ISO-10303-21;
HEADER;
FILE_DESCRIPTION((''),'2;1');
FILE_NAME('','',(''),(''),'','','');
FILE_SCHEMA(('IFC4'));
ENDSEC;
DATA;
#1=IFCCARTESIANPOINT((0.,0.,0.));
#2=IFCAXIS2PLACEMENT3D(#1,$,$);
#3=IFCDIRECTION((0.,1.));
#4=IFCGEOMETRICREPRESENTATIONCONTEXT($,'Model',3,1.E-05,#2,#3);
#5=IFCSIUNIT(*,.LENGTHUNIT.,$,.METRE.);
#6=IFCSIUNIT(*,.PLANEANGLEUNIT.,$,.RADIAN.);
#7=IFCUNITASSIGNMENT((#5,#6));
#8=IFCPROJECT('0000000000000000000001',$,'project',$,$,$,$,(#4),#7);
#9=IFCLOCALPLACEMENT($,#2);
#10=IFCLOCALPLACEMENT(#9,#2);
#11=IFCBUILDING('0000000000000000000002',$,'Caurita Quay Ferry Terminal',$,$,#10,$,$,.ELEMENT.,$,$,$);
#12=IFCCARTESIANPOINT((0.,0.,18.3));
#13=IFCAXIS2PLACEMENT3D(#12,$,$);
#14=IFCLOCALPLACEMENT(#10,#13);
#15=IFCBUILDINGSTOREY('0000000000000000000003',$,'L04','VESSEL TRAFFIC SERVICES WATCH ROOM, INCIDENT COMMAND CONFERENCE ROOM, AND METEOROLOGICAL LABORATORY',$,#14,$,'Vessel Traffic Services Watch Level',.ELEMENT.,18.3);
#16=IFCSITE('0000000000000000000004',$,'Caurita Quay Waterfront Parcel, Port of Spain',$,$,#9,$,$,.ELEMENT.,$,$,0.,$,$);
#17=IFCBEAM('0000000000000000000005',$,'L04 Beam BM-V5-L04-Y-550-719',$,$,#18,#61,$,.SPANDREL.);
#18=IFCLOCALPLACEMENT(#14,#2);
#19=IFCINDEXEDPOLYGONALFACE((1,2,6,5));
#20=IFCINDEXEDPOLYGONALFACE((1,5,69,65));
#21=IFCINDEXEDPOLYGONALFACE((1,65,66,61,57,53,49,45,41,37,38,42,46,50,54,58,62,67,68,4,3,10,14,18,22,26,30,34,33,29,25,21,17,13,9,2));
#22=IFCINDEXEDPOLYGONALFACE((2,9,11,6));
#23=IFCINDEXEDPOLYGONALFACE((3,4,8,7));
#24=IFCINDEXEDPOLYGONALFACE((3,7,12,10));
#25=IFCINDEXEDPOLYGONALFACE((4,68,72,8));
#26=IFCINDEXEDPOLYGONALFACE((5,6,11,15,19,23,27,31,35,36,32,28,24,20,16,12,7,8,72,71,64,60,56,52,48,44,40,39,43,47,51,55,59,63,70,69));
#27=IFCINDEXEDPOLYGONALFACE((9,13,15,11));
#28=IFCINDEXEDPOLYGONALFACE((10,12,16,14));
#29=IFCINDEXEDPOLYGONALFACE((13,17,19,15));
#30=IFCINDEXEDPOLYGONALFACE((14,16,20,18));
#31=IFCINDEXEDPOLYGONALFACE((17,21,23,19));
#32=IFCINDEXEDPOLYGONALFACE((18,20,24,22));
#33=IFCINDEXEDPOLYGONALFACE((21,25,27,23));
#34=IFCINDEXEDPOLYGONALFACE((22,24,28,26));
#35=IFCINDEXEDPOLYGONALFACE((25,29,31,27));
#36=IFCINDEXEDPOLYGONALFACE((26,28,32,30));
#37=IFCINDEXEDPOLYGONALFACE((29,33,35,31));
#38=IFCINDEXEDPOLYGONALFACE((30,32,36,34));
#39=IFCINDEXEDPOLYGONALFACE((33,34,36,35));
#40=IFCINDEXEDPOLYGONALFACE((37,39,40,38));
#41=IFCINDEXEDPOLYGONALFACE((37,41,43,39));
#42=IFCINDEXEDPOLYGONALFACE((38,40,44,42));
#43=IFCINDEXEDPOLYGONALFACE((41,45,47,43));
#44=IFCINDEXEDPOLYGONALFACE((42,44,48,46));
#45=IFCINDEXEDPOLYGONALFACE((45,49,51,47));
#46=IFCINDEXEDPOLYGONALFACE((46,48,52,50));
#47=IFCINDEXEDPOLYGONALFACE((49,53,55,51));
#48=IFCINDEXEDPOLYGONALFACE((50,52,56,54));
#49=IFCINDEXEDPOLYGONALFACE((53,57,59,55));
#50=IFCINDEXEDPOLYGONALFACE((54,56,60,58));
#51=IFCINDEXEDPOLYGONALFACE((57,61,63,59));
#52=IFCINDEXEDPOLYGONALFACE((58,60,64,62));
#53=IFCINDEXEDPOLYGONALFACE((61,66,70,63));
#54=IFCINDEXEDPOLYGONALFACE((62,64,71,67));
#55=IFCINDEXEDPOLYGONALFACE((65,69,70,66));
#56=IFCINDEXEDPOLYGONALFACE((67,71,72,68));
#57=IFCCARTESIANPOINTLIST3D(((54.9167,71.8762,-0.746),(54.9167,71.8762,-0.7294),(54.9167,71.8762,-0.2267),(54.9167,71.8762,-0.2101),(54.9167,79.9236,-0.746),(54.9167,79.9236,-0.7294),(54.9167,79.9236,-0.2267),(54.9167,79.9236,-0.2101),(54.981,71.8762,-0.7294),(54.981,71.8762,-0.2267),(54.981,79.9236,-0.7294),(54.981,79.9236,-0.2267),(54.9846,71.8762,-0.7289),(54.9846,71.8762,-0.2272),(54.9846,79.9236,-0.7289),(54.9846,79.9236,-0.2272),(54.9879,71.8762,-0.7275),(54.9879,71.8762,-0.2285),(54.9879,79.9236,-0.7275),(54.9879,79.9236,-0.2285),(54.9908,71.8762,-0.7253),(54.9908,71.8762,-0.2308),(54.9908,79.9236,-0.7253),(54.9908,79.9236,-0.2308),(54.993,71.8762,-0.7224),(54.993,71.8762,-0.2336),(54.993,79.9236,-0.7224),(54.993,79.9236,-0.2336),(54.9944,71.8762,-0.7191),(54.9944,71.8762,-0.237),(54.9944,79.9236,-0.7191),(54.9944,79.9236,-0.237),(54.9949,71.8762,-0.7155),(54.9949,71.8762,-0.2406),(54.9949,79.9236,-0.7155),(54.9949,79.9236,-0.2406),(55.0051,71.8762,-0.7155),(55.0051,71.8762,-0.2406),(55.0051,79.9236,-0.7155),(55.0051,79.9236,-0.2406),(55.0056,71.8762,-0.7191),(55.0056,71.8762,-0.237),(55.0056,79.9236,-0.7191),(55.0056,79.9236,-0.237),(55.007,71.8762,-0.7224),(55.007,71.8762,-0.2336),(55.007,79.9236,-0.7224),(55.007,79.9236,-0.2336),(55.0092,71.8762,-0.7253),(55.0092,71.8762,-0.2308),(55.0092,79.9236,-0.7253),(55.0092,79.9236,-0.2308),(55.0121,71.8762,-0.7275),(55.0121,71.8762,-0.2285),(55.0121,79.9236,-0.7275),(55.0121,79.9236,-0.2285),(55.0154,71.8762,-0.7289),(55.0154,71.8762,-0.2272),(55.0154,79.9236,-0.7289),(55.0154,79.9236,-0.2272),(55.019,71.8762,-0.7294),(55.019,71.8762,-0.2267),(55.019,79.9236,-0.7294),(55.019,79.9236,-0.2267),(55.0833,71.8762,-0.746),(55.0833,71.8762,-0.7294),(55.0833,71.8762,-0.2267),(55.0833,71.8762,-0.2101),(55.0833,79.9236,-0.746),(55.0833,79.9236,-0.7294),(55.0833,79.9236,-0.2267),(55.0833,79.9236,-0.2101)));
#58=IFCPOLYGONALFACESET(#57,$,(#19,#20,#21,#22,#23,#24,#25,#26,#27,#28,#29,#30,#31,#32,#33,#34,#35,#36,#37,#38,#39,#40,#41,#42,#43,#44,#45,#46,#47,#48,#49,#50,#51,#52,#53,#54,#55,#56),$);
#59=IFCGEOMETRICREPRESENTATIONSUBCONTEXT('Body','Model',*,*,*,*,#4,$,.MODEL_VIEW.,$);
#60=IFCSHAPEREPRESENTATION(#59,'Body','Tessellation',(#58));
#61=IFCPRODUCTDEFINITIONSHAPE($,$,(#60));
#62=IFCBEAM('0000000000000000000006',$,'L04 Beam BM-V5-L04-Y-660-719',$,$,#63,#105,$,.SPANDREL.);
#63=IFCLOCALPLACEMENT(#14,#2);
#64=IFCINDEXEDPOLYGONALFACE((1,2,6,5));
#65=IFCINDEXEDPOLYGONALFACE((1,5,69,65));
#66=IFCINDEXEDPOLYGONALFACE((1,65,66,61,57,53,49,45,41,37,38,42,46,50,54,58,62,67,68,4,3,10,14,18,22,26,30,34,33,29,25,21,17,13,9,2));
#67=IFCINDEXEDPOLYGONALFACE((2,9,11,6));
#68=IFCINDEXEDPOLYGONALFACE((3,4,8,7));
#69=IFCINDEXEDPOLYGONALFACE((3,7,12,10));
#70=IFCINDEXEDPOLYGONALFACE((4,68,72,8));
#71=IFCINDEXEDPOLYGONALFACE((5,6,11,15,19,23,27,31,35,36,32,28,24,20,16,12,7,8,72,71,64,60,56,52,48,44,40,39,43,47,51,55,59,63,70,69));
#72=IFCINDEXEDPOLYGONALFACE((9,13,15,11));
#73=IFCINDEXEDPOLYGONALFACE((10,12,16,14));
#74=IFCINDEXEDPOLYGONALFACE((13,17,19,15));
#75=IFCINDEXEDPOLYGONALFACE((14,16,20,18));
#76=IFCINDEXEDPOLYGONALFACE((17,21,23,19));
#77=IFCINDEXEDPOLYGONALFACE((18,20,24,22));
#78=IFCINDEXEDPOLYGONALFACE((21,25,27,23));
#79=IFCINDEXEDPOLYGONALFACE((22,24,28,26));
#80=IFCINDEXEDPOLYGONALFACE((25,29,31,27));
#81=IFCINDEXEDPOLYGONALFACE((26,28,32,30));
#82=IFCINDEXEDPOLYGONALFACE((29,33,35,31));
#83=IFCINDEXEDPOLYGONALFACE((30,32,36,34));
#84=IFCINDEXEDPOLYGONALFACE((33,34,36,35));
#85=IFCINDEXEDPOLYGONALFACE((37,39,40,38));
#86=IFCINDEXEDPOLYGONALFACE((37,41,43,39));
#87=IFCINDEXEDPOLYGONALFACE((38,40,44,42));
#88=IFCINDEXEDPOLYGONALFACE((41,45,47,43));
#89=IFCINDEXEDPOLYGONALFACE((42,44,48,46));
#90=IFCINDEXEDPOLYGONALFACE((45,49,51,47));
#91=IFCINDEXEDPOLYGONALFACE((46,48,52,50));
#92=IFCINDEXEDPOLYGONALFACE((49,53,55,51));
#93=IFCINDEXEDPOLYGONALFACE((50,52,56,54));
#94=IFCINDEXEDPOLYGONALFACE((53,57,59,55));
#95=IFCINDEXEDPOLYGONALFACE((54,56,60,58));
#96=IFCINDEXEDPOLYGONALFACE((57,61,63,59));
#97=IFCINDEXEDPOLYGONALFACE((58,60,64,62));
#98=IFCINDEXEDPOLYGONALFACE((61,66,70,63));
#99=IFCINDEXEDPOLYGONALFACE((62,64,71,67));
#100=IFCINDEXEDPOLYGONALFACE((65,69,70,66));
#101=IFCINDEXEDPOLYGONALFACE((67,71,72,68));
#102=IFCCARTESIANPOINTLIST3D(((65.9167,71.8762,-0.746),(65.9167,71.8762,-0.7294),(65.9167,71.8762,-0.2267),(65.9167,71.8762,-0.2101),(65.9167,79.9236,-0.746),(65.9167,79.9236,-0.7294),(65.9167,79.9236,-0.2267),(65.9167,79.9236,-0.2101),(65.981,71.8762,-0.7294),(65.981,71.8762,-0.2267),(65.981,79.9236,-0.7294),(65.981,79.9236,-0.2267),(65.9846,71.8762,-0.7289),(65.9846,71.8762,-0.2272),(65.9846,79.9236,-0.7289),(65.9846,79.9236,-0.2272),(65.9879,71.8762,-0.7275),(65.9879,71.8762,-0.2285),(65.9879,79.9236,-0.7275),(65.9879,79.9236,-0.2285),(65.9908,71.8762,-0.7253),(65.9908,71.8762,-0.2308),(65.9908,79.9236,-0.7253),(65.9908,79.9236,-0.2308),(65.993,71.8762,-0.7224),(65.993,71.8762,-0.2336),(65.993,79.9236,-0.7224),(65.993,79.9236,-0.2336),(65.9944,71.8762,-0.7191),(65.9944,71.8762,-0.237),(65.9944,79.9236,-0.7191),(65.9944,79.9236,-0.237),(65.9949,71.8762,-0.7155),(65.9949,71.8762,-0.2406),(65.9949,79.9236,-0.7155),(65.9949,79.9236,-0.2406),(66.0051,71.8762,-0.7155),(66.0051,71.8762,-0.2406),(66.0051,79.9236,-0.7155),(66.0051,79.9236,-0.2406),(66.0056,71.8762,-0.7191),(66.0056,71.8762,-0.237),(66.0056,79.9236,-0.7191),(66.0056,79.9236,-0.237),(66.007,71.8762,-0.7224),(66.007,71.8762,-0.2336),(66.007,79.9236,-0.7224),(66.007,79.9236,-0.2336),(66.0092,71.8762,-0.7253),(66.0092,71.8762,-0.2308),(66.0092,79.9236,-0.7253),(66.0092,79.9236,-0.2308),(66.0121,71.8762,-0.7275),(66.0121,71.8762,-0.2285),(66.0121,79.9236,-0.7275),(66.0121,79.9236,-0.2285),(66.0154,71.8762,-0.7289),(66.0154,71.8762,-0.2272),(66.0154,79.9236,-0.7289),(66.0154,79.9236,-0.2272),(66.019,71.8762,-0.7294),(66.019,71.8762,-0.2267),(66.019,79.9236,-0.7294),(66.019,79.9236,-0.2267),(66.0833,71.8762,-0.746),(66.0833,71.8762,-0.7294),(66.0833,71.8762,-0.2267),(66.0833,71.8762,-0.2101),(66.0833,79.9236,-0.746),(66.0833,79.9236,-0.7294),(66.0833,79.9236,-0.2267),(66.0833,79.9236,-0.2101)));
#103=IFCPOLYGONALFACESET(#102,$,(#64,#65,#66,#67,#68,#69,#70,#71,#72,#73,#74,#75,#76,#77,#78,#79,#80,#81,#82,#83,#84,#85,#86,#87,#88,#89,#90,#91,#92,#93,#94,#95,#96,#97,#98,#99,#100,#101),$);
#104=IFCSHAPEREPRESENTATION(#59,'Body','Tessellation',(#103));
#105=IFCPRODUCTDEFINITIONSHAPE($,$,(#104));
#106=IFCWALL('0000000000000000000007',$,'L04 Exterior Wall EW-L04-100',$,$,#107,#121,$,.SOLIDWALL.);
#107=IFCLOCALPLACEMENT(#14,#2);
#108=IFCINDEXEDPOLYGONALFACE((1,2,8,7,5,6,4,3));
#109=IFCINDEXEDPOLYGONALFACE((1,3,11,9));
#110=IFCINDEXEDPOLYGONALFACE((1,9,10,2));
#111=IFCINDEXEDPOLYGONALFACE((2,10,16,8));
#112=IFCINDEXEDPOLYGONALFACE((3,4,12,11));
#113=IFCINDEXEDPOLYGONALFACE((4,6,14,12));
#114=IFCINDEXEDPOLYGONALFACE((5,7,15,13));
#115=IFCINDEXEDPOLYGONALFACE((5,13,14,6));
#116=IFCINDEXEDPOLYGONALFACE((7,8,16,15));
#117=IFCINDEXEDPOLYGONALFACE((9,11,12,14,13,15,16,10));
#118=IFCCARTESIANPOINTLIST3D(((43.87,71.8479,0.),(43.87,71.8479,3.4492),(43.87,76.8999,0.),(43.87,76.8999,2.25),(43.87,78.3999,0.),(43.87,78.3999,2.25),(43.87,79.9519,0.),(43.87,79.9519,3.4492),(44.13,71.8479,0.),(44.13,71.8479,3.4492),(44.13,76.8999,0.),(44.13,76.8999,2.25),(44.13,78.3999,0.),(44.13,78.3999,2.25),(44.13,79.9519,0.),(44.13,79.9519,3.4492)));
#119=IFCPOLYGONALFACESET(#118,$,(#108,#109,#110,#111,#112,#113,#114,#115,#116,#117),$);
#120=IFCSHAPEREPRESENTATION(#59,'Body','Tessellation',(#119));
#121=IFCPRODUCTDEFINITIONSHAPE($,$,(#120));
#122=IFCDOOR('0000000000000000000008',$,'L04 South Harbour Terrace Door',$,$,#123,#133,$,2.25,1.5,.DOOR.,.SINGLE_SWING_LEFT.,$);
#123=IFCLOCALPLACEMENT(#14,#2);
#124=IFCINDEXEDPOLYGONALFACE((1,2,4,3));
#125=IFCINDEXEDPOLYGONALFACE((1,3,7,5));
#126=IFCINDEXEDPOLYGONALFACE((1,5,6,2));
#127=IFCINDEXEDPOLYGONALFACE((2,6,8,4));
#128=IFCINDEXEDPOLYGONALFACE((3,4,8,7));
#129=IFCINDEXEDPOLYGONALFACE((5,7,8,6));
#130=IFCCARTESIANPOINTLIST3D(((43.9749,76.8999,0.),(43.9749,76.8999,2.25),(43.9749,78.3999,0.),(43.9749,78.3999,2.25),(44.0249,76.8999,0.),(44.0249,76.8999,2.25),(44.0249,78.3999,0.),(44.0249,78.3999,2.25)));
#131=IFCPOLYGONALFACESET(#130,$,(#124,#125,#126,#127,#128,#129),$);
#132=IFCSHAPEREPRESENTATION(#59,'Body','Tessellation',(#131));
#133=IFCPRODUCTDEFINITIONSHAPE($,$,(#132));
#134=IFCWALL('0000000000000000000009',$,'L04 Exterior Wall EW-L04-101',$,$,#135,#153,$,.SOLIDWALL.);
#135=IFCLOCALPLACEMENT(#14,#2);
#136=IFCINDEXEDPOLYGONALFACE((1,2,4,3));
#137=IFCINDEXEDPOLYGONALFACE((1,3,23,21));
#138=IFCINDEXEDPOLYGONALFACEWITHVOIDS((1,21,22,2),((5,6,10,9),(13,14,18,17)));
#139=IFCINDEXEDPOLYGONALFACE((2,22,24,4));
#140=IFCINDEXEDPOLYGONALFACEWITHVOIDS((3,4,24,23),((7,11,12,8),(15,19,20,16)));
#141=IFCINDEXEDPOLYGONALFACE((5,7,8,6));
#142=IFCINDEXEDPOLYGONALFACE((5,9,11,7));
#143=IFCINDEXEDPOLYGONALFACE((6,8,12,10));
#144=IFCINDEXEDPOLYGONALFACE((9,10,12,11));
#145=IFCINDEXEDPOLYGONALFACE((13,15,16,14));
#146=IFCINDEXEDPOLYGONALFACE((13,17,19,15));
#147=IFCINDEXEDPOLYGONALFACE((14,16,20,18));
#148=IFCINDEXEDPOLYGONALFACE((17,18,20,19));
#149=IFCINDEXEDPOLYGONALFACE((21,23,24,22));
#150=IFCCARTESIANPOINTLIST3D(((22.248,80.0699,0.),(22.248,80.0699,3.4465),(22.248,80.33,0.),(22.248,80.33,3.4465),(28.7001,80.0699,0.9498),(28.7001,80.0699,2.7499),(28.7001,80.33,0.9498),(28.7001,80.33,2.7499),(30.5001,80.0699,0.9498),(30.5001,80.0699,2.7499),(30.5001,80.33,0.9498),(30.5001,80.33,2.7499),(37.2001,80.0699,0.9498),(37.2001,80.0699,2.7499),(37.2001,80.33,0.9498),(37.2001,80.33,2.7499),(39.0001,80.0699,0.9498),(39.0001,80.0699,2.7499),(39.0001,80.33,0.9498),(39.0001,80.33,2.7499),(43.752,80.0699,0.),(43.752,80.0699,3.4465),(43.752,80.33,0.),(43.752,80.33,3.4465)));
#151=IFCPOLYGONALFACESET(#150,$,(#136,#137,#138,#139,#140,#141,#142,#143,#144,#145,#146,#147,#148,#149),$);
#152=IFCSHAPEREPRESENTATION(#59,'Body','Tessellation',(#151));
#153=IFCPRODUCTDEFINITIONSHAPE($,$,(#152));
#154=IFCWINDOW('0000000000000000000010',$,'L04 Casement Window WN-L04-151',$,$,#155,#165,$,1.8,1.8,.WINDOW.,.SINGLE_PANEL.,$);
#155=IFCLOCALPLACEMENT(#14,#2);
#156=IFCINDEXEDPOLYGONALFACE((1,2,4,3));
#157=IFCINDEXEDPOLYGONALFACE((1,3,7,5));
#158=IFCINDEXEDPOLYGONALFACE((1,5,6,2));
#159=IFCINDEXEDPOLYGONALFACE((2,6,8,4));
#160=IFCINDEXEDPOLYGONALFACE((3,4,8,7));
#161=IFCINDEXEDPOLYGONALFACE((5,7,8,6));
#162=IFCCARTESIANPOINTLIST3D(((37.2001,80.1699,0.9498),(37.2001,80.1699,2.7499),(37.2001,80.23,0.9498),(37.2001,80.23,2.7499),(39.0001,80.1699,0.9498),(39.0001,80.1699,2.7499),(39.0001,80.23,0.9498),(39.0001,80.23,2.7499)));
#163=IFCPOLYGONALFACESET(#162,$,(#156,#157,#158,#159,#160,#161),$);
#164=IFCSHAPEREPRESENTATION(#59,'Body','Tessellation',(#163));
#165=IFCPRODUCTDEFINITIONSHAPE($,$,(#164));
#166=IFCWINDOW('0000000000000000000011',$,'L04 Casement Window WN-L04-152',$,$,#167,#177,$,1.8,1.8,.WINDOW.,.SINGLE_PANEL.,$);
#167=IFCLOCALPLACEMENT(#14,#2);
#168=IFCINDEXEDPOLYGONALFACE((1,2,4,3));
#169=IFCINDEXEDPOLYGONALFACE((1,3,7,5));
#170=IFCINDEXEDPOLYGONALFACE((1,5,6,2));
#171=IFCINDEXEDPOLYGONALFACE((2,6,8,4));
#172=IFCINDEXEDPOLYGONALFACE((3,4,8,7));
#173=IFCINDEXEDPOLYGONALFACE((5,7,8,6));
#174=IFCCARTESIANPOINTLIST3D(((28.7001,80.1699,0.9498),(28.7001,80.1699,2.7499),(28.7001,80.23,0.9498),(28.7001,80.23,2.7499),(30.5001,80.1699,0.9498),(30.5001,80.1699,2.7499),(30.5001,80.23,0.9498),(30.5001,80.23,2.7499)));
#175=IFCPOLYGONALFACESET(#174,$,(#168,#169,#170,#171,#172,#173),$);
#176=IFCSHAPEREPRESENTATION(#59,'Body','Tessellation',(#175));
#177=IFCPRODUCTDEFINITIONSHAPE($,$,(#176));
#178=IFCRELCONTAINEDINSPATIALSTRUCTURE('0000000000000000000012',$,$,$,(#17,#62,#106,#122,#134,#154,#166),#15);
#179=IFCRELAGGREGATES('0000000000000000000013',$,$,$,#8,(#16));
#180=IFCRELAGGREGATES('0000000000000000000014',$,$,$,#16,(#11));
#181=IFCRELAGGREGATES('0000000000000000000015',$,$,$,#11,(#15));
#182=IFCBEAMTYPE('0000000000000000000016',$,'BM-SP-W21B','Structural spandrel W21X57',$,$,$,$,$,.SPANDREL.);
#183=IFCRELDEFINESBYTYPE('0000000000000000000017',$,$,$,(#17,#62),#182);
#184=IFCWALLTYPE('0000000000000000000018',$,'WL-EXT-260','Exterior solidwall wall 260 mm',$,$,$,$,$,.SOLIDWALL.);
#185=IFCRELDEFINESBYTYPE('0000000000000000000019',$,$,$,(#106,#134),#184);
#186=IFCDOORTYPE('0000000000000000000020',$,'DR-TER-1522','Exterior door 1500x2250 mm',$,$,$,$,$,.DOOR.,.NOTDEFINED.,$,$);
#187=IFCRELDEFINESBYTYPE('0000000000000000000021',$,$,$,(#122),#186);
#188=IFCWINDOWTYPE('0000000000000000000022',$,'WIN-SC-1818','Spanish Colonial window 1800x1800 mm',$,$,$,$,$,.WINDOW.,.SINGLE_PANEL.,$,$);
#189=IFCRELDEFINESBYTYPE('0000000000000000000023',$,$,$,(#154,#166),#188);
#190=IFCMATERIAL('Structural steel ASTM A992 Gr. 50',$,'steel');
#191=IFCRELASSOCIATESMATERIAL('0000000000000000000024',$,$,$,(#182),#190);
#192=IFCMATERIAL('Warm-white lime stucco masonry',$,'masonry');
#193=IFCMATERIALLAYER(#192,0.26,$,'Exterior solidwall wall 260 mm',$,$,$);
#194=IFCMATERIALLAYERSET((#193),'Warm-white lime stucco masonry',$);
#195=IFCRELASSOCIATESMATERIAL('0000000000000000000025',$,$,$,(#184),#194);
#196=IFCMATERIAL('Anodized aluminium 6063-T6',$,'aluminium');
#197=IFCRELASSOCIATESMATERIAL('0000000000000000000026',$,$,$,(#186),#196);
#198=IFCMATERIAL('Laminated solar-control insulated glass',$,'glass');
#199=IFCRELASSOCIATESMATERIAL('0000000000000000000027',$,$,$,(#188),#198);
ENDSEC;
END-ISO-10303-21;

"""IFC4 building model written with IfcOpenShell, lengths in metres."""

from ifc_helpers import new_model, si_unit, direction, frame, frame_2d, origin, origin_2d, place, context, subcontext, project, spatial, rectangle, i_section, extrude, material, layer, layer_set, material_profile, profile_set, type_object, element, fill, save


model = new_model("IFC4")

# Units and contexts
model_context = context("Model", 3, precision=1e-05, world=origin(), true_north=direction((0.0, 1.0)))
body_context = subcontext(model_context, "Body", "Model", "MODEL_VIEW")
ifc_project = project(units=[si_unit("LENGTHUNIT", "METRE"), si_unit("PLANEANGLEUNIT", "RADIAN")], contexts=[model_context])

# Site, building, storey
site_placement = place(None, origin())
site = spatial("IfcSite", under=ifc_project, at=site_placement, Name="Caurita Quay Waterfront Parcel, Port of Spain", CompositionType="ELEMENT", RefElevation=0.0)
building_placement = place(site_placement, origin())
building = spatial("IfcBuilding", under=site, at=building_placement, Name="Caurita Quay Ferry Terminal", CompositionType="ELEMENT")
storey_placement = place(building_placement, frame((0.0, 0.0, 18.3)))
storey = spatial("IfcBuildingStorey", under=building, at=storey_placement, Name="L04", Description="VESSEL TRAFFIC SERVICES WATCH ROOM, INCIDENT COMMAND CONFERENCE ROOM, AND METEOROLOGICAL LABORATORY", LongName="Vessel Traffic Services Watch Level", CompositionType="ELEMENT", Elevation=18.3)

# Beams
ifc_material_1 = material(Name="Structural steel ASTM A992 Gr. 50", Category="steel")
ifc_material_profile_1 = material_profile(ifc_material_1, i_section(OverallWidth=0.1665, OverallDepth=0.5359, WebThickness=0.0103, FlangeThickness=0.0166, FilletRadius=0.0139, at=origin_2d()), Name="W21X57")
ifc_profile_set_1 = profile_set([ifc_material_profile_1], Name="Structural steel ASTM A992 Gr. 50")
beam_type_1 = type_object("IfcBeamType", Name="BM-SP-W21B", Description="Structural spandrel W21X57", PredefinedType="SPANDREL", material=ifc_profile_set_1)
for number, where, z_axis, x_axis, name in (
    (1, (55.0, 71.8762, -0.478), (0.0, 1.0, 0.0), (-1.0, 0.0, 0.0), "L04 Beam BM-V5-L04-Y-550-719"),
    (2, (66.0, 71.8762, -0.478), (0.0, 1.0, 0.0), (-1.0, 0.0, 0.0), "L04 Beam BM-V5-L04-Y-660-719"),
):
    element("IfcBeam", number, at=place(storey_placement, frame(where, z_axis=z_axis, x_axis=x_axis)), inside=storey, type_object=beam_type_1, Name=name, PredefinedType="SPANDREL", context=body_context, shape_type="SweptSolid", body=[
        extrude(i_section(OverallWidth=0.1665, OverallDepth=0.5359, WebThickness=0.0103, FlangeThickness=0.0166, FilletRadius=0.0139, at=origin_2d()), origin(), (0.0, 0.0, 1.0), 8.0474),
    ])

# Wall, opening, door
ifc_material_2 = material(Name="Warm-white lime stucco masonry", Category="masonry")
ifc_layer_1 = layer(ifc_material_2, 0.26, Name="Exterior solidwall wall 260 mm")
ifc_layer_set_1 = layer_set([ifc_layer_1], Name="Warm-white lime stucco masonry")
wall_type_1 = type_object("IfcWallType", Name="WL-EXT-260", Description="Exterior solidwall wall 260 mm", PredefinedType="SOLIDWALL", material=ifc_layer_set_1)
wall_1_placement = place(storey_placement, frame((44.0, 71.8479, 0.0), z_axis=(0.0, 0.0, 1.0), x_axis=(0.0, 1.0, 0.0)))
wall_1 = element("IfcWall", 3, at=wall_1_placement, inside=storey, type_object=wall_type_1, Name="L04 Exterior Wall EW-L04-100", PredefinedType="SOLIDWALL", context=body_context, shape_type="SweptSolid", body=[
    extrude(rectangle(XDim=8.104, YDim=0.26, at=frame_2d((4.052, 0.0))), origin(), (0.0, 0.0, 1.0), 3.4492),
])
opening_1_placement = place(wall_1_placement, frame((5.052, 0.0, 0.0)))
opening_1 = element("IfcOpeningElement", 4, at=opening_1_placement, cuts=wall_1, PredefinedType="OPENING", context=body_context, shape_type="SweptSolid", body=[
    extrude(rectangle(XDim=1.5, YDim=2.25, at=frame_2d((0.75, 1.125))), frame((0.0, 0.1399, 0.0), z_axis=(0.0, -1.0, 0.0), x_axis=(1.0, 0.0, 0.0)), (0.0, 0.0, 1.0), 0.28),
])
ifc_material_3 = material(Name="Anodized aluminium 6063-T6", Category="aluminium")
door_type = type_object("IfcDoorType", Name="DR-TER-1522", Description="Exterior door 1500x2250 mm", OperationType="NOTDEFINED", PredefinedType="DOOR", material=ifc_material_3)
door_placement = place(opening_1_placement, frame((1.5, 0.0, 0.0), z_axis=(0.0, 0.0, 1.0), x_axis=(-1.0, 0.0, 0.0)))
door = element("IfcDoor", 5, at=door_placement, inside=storey, type_object=door_type, Name="L04 South Harbour Terrace Door", OperationType="SINGLE_SWING_LEFT", OverallHeight=2.25, OverallWidth=1.5, PredefinedType="DOOR", context=body_context, shape_type="SweptSolid", body=[
    extrude(rectangle(XDim=1.5, YDim=2.25, at=frame_2d((0.75, 1.125))), frame((0.0, 0.0249, 0.0), z_axis=(0.0, -1.0, 0.0), x_axis=(1.0, 0.0, 0.0)), (0.0, 0.0, 1.0), 0.05),
])
fill(opening_1, door)

# Wall, openings, windows
wall_2_placement = place(storey_placement, frame((43.752, 80.2, 0.0), z_axis=(0.0, 0.0, 1.0), x_axis=(-1.0, 0.0, 0.0)))
wall_2 = element("IfcWall", 6, at=wall_2_placement, inside=storey, type_object=wall_type_1, Name="L04 Exterior Wall EW-L04-101", PredefinedType="SOLIDWALL", context=body_context, shape_type="SweptSolid", body=[
    extrude(rectangle(XDim=21.5039, YDim=0.26, at=frame_2d((10.752, 0.0))), origin(), (0.0, 0.0, 1.0), 3.4465),
])
opening_2_placement = place(wall_2_placement, frame((4.752, 0.0, 0.95)))
opening_2 = element("IfcOpeningElement", 7, at=opening_2_placement, cuts=wall_2, PredefinedType="OPENING", context=body_context, shape_type="SweptSolid", body=[
    extrude(rectangle(XDim=1.8, YDim=1.8, at=frame_2d((0.8999, 0.8999))), frame((0.0, 0.1399, 0.0), z_axis=(0.0, -1.0, 0.0), x_axis=(1.0, 0.0, 0.0)), (0.0, 0.0, 1.0), 0.28),
])
opening_3_placement = place(wall_2_placement, frame((13.252, 0.0, 0.95)))
opening_3 = element("IfcOpeningElement", 8, at=opening_3_placement, cuts=wall_2, PredefinedType="OPENING", context=body_context, shape_type="SweptSolid", body=[
    extrude(rectangle(XDim=1.8, YDim=1.8, at=frame_2d((0.8999, 0.8999))), frame((0.0, 0.1399, 0.0), z_axis=(0.0, -1.0, 0.0), x_axis=(1.0, 0.0, 0.0)), (0.0, 0.0, 1.0), 0.28),
])
ifc_material_4 = material(Name="Laminated solar-control insulated glass", Category="glass")
window_type = type_object("IfcWindowType", Name="WIN-SC-1818", Description="Spanish Colonial window 1800x1800 mm", PartitioningType="SINGLE_PANEL", PredefinedType="WINDOW", material=ifc_material_4)
window_1_placement = place(opening_2_placement, origin())
window_1 = element("IfcWindow", 9, at=window_1_placement, inside=storey, type_object=window_type, Name="L04 Casement Window WN-L04-151", OverallHeight=1.8, OverallWidth=1.8, PartitioningType="SINGLE_PANEL", PredefinedType="WINDOW", context=body_context, shape_type="SweptSolid", body=[
    extrude(rectangle(XDim=1.8, YDim=1.8, at=frame_2d((0.8999, 0.8999))), frame((0.0, 0.03, 0.0), z_axis=(0.0, -1.0, 0.0), x_axis=(1.0, 0.0, 0.0)), (0.0, 0.0, 1.0), 0.0601),
])
fill(opening_2, window_1)
window_2_placement = place(opening_3_placement, origin())
window_2 = element("IfcWindow", 10, at=window_2_placement, inside=storey, type_object=window_type, Name="L04 Casement Window WN-L04-152", OverallHeight=1.8, OverallWidth=1.8, PartitioningType="SINGLE_PANEL", PredefinedType="WINDOW", context=body_context, shape_type="SweptSolid", body=[
    extrude(rectangle(XDim=1.8, YDim=1.8, at=frame_2d((0.8999, 0.8999))), frame((0.0, 0.03, 0.0), z_axis=(0.0, -1.0, 0.0), x_axis=(1.0, 0.0, 0.0)), (0.0, 0.0, 1.0), 0.0601),
])
fill(opening_3, window_2)

save(model, "model.ifc")
